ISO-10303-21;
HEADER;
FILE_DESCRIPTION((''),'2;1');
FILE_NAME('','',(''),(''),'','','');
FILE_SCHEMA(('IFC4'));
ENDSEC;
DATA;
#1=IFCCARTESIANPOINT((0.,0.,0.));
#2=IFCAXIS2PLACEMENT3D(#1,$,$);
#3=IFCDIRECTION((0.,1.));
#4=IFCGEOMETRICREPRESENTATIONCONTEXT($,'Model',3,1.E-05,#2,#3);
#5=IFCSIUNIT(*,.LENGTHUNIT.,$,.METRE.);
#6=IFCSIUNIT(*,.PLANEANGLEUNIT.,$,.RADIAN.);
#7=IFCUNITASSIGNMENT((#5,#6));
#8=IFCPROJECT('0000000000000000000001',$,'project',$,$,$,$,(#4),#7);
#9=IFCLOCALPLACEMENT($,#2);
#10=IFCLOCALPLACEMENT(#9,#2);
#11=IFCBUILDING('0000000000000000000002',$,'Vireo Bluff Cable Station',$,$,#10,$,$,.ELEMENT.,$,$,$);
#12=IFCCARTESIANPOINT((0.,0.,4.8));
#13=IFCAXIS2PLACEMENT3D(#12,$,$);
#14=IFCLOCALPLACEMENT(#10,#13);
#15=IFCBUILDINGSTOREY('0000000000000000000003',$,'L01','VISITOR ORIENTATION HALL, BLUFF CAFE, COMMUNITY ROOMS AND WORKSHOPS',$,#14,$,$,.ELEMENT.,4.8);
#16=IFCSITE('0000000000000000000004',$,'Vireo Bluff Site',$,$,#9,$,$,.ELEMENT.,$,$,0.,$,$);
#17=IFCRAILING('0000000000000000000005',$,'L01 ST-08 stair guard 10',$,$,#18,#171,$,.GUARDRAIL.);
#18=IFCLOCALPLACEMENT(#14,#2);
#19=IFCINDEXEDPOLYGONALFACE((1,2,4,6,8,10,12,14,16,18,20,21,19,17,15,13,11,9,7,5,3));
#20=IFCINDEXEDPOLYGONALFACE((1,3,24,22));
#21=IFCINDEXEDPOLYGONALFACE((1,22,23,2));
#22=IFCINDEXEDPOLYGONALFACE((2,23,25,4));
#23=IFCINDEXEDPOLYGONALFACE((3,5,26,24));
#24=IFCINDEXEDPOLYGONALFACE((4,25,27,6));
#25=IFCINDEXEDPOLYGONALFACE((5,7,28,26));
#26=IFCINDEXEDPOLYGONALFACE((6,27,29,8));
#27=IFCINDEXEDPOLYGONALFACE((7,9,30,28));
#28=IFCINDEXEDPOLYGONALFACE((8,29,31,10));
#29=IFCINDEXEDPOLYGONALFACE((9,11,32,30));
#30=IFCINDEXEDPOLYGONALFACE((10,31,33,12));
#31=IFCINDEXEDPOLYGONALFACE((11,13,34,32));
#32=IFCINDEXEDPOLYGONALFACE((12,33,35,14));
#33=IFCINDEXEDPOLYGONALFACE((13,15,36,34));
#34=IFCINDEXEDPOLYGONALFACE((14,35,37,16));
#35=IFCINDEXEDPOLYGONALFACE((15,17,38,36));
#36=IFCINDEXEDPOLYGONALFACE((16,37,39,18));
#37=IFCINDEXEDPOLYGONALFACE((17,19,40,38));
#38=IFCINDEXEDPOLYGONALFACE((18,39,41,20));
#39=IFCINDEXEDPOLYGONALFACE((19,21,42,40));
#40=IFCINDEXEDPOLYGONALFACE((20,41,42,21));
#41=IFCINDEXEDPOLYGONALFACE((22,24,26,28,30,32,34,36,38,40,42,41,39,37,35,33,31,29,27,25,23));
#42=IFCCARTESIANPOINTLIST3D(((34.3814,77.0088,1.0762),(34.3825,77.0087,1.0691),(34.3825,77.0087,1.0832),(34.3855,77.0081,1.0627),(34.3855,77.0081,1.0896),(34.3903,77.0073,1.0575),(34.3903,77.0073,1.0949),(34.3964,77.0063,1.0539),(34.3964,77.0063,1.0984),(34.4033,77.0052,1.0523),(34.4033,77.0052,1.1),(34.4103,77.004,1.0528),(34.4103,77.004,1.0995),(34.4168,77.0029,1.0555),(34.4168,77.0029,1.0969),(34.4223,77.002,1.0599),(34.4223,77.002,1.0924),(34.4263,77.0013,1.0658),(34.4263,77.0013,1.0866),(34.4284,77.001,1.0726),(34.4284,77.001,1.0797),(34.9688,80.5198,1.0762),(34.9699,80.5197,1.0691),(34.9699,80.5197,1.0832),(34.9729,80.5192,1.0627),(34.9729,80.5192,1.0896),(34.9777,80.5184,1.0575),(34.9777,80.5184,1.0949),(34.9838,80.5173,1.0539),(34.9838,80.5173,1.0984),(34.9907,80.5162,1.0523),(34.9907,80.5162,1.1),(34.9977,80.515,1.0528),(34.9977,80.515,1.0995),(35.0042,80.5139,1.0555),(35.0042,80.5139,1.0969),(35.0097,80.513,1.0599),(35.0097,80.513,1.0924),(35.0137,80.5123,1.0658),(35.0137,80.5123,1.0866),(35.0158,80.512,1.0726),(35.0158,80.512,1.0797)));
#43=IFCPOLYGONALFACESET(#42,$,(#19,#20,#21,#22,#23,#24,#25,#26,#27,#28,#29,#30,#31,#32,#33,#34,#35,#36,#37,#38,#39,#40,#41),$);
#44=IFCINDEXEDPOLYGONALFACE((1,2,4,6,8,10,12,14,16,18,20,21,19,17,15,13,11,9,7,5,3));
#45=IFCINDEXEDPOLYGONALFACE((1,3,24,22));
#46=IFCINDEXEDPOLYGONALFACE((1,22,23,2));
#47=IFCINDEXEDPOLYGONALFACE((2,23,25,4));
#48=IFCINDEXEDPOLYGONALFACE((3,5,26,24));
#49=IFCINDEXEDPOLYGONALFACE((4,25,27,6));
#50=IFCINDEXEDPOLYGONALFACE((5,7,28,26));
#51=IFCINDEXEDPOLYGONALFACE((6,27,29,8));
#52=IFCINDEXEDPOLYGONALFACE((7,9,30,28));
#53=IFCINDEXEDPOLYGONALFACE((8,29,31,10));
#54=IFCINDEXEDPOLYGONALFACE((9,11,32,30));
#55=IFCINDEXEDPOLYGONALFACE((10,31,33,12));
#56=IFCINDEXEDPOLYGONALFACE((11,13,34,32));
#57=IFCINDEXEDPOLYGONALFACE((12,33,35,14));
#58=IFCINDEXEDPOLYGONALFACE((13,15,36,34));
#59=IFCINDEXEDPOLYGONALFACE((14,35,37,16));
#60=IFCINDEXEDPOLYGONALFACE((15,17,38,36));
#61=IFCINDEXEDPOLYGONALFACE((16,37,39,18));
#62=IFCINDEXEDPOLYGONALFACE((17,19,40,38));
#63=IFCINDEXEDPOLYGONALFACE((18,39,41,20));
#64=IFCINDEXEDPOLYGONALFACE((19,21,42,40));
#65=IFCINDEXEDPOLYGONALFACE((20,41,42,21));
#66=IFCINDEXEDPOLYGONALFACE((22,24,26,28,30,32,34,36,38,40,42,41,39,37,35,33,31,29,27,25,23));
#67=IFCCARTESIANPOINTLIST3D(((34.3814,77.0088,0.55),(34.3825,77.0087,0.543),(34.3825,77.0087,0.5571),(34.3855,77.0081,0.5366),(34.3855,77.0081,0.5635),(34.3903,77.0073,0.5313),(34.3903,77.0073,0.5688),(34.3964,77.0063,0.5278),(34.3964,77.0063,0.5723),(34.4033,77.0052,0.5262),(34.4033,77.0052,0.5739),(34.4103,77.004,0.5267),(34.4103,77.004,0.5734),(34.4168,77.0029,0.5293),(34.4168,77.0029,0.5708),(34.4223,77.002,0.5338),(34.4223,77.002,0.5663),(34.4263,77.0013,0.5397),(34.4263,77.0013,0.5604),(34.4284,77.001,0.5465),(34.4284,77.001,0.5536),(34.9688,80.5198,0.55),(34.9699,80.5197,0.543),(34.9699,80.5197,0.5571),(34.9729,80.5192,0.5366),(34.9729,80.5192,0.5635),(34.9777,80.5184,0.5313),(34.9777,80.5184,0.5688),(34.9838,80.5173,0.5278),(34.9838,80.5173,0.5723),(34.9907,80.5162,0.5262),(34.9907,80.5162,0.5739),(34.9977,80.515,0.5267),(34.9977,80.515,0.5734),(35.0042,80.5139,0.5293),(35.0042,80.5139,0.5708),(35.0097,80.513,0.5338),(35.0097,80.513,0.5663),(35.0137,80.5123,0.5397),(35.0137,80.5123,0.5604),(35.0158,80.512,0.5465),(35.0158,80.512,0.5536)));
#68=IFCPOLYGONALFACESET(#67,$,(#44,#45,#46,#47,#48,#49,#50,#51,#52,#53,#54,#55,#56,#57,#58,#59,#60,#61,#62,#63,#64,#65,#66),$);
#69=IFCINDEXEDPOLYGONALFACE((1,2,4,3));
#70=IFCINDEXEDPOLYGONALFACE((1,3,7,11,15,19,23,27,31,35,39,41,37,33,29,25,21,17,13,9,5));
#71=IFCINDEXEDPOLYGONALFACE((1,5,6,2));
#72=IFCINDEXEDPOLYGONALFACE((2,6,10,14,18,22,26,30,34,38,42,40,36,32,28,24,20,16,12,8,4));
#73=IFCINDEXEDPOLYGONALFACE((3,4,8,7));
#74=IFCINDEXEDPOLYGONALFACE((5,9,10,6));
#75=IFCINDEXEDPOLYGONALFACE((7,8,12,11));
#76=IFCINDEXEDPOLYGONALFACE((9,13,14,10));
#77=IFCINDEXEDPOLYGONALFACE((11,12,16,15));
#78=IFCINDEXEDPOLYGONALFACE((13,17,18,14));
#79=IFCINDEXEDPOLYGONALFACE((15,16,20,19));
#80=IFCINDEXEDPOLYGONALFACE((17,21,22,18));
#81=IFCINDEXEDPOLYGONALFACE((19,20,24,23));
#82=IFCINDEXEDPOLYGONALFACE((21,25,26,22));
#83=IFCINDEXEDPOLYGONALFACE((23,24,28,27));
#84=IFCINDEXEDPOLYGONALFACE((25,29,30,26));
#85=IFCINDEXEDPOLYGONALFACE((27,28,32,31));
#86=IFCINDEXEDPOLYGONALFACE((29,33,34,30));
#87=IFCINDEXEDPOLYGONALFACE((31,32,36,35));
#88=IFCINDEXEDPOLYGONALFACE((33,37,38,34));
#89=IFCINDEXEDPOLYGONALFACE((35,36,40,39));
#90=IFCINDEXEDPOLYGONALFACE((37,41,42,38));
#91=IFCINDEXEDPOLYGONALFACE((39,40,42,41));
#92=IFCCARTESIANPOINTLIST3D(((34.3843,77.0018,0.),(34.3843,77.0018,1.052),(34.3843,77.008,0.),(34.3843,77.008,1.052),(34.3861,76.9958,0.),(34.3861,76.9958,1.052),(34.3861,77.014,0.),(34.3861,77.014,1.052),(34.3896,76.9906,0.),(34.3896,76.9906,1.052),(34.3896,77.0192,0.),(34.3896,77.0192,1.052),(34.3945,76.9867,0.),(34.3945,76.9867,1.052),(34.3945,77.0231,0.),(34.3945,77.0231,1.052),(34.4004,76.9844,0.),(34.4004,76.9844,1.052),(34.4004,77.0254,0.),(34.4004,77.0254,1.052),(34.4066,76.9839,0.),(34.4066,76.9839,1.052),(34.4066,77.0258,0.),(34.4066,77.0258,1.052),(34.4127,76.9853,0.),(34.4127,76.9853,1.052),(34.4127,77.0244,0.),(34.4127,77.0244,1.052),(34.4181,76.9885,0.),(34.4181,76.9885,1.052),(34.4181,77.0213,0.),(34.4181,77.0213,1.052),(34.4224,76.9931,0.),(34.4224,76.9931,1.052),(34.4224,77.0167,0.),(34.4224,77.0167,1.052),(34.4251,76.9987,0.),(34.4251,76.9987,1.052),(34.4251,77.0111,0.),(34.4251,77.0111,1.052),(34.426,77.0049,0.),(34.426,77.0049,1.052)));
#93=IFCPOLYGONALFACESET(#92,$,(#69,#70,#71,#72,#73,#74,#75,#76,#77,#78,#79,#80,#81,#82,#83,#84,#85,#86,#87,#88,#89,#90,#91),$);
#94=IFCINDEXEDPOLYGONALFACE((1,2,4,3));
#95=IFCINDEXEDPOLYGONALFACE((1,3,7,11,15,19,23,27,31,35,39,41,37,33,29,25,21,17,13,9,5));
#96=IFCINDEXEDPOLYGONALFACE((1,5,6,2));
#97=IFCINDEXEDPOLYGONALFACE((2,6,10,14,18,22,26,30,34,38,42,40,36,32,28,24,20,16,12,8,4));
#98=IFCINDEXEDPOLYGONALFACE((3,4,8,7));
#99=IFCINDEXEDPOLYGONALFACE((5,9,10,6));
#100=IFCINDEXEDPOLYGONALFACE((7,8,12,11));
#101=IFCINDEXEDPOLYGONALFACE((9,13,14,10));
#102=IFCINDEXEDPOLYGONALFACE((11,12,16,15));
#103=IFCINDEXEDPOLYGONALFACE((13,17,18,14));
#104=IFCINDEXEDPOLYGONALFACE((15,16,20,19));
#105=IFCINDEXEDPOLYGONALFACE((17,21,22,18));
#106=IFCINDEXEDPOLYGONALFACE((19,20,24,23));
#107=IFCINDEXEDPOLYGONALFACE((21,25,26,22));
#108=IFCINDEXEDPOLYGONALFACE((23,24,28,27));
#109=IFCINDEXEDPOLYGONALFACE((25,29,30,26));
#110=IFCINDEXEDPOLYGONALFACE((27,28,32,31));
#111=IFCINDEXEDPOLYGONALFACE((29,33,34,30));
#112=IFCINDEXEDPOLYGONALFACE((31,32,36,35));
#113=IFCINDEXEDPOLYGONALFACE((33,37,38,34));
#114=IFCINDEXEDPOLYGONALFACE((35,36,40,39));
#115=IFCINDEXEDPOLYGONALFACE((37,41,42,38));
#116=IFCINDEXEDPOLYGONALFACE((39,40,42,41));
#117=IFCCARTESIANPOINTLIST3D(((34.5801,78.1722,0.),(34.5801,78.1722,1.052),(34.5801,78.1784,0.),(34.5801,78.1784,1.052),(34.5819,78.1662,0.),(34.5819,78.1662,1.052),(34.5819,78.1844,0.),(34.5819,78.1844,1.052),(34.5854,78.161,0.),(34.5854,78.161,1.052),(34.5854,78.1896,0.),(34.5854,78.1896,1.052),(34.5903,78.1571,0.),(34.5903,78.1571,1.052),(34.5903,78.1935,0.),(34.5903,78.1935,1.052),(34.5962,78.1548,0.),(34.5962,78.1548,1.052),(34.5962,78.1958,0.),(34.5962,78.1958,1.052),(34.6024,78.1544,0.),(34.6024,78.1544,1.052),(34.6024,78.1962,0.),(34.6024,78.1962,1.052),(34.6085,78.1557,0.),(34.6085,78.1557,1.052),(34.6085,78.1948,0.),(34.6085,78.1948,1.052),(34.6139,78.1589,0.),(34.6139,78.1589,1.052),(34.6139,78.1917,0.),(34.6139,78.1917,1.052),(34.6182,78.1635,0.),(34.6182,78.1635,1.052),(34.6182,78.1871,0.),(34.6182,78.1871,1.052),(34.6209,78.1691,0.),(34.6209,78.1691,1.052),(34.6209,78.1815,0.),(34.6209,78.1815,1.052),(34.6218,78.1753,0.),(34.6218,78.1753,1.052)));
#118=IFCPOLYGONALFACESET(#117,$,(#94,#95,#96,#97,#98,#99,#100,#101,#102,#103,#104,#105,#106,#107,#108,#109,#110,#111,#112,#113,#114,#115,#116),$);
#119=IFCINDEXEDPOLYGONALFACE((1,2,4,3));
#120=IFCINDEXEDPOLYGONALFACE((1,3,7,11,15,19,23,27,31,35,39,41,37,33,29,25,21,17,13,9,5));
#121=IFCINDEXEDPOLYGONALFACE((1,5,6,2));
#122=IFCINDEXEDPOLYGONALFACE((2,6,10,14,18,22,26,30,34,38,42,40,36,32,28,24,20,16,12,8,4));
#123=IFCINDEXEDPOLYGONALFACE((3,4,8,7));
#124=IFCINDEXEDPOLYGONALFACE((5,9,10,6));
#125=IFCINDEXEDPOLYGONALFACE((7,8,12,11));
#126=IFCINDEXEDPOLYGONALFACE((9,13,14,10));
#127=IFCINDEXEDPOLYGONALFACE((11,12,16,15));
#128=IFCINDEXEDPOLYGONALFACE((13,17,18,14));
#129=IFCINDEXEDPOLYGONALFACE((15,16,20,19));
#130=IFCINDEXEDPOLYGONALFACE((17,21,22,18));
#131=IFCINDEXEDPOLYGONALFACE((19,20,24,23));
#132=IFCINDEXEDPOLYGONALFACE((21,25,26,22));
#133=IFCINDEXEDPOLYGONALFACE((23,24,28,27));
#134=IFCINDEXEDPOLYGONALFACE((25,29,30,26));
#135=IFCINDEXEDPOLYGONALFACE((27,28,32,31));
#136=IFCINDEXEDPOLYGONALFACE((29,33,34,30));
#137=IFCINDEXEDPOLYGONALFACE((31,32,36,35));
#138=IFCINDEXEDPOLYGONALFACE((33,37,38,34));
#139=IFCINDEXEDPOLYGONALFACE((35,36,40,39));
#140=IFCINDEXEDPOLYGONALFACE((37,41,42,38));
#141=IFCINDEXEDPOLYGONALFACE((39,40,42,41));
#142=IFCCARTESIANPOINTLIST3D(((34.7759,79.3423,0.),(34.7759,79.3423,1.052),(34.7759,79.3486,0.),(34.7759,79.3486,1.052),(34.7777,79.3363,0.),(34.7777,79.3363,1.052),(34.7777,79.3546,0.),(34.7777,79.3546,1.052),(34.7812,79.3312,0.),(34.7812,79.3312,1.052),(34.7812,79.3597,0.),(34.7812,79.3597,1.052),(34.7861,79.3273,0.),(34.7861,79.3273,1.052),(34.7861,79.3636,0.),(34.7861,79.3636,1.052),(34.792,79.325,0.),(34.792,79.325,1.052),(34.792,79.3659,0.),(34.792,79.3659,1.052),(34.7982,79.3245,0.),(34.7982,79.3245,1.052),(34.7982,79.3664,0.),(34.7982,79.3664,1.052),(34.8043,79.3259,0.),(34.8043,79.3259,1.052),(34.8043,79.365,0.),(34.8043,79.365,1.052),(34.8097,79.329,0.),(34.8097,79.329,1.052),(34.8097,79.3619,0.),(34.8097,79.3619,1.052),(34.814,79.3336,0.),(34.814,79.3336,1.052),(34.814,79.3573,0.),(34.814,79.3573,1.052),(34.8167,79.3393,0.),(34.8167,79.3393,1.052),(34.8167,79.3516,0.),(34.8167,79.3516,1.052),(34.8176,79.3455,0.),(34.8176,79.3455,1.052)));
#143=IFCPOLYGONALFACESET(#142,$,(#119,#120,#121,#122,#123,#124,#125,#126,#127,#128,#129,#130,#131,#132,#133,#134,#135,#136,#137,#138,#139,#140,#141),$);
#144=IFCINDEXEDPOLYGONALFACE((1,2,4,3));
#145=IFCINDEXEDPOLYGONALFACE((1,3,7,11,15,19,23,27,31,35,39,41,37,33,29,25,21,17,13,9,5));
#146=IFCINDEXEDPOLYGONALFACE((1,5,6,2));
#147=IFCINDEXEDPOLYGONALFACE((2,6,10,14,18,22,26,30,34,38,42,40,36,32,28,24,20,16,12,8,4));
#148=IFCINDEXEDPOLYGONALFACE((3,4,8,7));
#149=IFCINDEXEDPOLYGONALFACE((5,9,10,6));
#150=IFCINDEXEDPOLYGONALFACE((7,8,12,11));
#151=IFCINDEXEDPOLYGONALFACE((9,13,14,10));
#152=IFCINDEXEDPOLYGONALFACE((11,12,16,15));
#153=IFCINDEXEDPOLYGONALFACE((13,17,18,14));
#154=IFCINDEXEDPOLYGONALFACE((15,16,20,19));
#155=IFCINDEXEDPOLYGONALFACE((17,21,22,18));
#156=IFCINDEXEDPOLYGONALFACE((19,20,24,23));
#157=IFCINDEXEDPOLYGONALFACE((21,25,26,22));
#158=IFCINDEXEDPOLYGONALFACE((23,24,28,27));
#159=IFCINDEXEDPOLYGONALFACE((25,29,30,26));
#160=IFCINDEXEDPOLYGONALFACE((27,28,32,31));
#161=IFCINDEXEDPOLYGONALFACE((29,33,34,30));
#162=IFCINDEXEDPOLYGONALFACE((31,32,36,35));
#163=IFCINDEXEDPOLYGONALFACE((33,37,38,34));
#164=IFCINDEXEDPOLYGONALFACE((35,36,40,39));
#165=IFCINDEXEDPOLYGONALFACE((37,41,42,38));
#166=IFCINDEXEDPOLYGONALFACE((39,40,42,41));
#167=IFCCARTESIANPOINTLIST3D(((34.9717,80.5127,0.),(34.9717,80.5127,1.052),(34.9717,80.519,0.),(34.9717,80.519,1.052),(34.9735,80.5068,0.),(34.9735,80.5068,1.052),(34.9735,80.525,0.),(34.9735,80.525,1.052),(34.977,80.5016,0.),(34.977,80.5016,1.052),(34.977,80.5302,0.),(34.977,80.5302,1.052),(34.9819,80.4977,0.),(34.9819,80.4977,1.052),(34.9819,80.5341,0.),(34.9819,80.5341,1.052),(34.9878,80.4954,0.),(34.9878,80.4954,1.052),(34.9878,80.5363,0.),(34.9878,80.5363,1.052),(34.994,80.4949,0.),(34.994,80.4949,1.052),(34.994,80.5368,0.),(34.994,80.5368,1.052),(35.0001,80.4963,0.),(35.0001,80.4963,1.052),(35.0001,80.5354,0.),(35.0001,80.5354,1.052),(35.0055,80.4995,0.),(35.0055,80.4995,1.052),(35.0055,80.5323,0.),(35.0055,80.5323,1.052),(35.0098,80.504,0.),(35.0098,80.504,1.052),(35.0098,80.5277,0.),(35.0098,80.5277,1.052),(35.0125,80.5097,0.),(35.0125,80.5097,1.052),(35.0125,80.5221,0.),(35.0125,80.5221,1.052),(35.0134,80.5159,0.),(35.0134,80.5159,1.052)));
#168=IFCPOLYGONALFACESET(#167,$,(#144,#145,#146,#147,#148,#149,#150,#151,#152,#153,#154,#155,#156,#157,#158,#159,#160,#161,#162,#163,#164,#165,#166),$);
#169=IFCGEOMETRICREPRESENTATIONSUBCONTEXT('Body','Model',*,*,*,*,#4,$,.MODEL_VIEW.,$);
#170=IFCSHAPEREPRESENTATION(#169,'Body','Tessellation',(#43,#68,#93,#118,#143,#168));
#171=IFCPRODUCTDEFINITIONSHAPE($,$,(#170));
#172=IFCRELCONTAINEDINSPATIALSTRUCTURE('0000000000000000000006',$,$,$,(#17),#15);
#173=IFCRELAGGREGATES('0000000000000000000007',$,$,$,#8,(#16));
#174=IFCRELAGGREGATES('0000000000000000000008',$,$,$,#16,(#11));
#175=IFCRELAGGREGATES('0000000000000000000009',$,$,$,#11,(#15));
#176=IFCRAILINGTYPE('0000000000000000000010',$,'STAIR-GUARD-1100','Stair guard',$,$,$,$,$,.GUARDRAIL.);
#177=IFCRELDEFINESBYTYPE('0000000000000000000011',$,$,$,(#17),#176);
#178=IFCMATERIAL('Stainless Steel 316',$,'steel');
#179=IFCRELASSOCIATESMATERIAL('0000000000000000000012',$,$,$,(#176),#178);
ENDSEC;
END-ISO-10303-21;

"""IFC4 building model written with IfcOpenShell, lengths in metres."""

from ifc_helpers import new_model, si_unit, direction, frame, origin, origin_2d, place, context, subcontext, project, spatial, circle, extrude, material, type_object, element, save


model = new_model("IFC4")

# Units and contexts
model_context = context("Model", 3, precision=1e-05, world=origin(), true_north=direction((0.0, 1.0)))
body_context = subcontext(model_context, "Body", "Model", "MODEL_VIEW")
ifc_project = project(units=[si_unit("LENGTHUNIT", "METRE"), si_unit("PLANEANGLEUNIT", "RADIAN")], contexts=[model_context])

# Site, building, storey
site_placement = place(None, origin())
site = spatial("IfcSite", under=ifc_project, at=site_placement, Name="Vireo Bluff Site", CompositionType="ELEMENT", RefElevation=0.0)
building_placement = place(site_placement, origin())
building = spatial("IfcBuilding", under=site, at=building_placement, Name="Vireo Bluff Cable Station", CompositionType="ELEMENT")
storey_placement = place(building_placement, frame((0.0, 0.0, 4.8)))
storey = spatial("IfcBuildingStorey", under=building, at=storey_placement, Name="L01", Description="VISITOR ORIENTATION HALL, BLUFF CAFE, COMMUNITY ROOMS AND WORKSHOPS", CompositionType="ELEMENT", Elevation=4.8)

# Railing
ifc_material_1 = material(Name="Stainless Steel 316", Category="steel")
railing_type = type_object("IfcRailingType", Name="STAIR-GUARD-1100", Description="Stair guard", PredefinedType="GUARDRAIL", material=ifc_material_1)
railing_1_placement = place(storey_placement, frame((34.405, 77.0049, 0.0)))
element("IfcRailing", 1, at=railing_1_placement, inside=storey, type_object=railing_type, Name="L01 ST-08 stair guard 10", PredefinedType="GUARDRAIL", context=body_context, shape_type="SweptSolid", body=[
    extrude(circle(Radius=0.0239, at=origin_2d()), frame((0.0, 0.0, 1.0762), z_axis=(0.165011, 0.986292, 0.0), x_axis=(-0.986292, 0.165011, 0.0)), (0.0, 0.0, 1.0), 3.5598),
    extrude(circle(Radius=0.0239, at=origin_2d()), frame((0.0, 0.0, 0.55), z_axis=(0.165011, 0.986292, 0.0), x_axis=(-0.986292, 0.165011, 0.0)), (0.0, 0.0, 1.0), 3.5598),
    extrude(circle(Radius=0.021, at=origin_2d()), origin(), (0.0, 0.0, 1.0), 1.052),
    extrude(circle(Radius=0.021, at=origin_2d()), frame((0.1958, 1.1704, 0.0)), (0.0, 0.0, 1.0), 1.052),
    extrude(circle(Radius=0.021, at=origin_2d()), frame((0.3916, 2.3406, 0.0)), (0.0, 0.0, 1.0), 1.052),
    extrude(circle(Radius=0.021, at=origin_2d()), frame((0.5874, 3.511, 0.0)), (0.0, 0.0, 1.0), 1.052),
])

save(model, "model.ifc")
